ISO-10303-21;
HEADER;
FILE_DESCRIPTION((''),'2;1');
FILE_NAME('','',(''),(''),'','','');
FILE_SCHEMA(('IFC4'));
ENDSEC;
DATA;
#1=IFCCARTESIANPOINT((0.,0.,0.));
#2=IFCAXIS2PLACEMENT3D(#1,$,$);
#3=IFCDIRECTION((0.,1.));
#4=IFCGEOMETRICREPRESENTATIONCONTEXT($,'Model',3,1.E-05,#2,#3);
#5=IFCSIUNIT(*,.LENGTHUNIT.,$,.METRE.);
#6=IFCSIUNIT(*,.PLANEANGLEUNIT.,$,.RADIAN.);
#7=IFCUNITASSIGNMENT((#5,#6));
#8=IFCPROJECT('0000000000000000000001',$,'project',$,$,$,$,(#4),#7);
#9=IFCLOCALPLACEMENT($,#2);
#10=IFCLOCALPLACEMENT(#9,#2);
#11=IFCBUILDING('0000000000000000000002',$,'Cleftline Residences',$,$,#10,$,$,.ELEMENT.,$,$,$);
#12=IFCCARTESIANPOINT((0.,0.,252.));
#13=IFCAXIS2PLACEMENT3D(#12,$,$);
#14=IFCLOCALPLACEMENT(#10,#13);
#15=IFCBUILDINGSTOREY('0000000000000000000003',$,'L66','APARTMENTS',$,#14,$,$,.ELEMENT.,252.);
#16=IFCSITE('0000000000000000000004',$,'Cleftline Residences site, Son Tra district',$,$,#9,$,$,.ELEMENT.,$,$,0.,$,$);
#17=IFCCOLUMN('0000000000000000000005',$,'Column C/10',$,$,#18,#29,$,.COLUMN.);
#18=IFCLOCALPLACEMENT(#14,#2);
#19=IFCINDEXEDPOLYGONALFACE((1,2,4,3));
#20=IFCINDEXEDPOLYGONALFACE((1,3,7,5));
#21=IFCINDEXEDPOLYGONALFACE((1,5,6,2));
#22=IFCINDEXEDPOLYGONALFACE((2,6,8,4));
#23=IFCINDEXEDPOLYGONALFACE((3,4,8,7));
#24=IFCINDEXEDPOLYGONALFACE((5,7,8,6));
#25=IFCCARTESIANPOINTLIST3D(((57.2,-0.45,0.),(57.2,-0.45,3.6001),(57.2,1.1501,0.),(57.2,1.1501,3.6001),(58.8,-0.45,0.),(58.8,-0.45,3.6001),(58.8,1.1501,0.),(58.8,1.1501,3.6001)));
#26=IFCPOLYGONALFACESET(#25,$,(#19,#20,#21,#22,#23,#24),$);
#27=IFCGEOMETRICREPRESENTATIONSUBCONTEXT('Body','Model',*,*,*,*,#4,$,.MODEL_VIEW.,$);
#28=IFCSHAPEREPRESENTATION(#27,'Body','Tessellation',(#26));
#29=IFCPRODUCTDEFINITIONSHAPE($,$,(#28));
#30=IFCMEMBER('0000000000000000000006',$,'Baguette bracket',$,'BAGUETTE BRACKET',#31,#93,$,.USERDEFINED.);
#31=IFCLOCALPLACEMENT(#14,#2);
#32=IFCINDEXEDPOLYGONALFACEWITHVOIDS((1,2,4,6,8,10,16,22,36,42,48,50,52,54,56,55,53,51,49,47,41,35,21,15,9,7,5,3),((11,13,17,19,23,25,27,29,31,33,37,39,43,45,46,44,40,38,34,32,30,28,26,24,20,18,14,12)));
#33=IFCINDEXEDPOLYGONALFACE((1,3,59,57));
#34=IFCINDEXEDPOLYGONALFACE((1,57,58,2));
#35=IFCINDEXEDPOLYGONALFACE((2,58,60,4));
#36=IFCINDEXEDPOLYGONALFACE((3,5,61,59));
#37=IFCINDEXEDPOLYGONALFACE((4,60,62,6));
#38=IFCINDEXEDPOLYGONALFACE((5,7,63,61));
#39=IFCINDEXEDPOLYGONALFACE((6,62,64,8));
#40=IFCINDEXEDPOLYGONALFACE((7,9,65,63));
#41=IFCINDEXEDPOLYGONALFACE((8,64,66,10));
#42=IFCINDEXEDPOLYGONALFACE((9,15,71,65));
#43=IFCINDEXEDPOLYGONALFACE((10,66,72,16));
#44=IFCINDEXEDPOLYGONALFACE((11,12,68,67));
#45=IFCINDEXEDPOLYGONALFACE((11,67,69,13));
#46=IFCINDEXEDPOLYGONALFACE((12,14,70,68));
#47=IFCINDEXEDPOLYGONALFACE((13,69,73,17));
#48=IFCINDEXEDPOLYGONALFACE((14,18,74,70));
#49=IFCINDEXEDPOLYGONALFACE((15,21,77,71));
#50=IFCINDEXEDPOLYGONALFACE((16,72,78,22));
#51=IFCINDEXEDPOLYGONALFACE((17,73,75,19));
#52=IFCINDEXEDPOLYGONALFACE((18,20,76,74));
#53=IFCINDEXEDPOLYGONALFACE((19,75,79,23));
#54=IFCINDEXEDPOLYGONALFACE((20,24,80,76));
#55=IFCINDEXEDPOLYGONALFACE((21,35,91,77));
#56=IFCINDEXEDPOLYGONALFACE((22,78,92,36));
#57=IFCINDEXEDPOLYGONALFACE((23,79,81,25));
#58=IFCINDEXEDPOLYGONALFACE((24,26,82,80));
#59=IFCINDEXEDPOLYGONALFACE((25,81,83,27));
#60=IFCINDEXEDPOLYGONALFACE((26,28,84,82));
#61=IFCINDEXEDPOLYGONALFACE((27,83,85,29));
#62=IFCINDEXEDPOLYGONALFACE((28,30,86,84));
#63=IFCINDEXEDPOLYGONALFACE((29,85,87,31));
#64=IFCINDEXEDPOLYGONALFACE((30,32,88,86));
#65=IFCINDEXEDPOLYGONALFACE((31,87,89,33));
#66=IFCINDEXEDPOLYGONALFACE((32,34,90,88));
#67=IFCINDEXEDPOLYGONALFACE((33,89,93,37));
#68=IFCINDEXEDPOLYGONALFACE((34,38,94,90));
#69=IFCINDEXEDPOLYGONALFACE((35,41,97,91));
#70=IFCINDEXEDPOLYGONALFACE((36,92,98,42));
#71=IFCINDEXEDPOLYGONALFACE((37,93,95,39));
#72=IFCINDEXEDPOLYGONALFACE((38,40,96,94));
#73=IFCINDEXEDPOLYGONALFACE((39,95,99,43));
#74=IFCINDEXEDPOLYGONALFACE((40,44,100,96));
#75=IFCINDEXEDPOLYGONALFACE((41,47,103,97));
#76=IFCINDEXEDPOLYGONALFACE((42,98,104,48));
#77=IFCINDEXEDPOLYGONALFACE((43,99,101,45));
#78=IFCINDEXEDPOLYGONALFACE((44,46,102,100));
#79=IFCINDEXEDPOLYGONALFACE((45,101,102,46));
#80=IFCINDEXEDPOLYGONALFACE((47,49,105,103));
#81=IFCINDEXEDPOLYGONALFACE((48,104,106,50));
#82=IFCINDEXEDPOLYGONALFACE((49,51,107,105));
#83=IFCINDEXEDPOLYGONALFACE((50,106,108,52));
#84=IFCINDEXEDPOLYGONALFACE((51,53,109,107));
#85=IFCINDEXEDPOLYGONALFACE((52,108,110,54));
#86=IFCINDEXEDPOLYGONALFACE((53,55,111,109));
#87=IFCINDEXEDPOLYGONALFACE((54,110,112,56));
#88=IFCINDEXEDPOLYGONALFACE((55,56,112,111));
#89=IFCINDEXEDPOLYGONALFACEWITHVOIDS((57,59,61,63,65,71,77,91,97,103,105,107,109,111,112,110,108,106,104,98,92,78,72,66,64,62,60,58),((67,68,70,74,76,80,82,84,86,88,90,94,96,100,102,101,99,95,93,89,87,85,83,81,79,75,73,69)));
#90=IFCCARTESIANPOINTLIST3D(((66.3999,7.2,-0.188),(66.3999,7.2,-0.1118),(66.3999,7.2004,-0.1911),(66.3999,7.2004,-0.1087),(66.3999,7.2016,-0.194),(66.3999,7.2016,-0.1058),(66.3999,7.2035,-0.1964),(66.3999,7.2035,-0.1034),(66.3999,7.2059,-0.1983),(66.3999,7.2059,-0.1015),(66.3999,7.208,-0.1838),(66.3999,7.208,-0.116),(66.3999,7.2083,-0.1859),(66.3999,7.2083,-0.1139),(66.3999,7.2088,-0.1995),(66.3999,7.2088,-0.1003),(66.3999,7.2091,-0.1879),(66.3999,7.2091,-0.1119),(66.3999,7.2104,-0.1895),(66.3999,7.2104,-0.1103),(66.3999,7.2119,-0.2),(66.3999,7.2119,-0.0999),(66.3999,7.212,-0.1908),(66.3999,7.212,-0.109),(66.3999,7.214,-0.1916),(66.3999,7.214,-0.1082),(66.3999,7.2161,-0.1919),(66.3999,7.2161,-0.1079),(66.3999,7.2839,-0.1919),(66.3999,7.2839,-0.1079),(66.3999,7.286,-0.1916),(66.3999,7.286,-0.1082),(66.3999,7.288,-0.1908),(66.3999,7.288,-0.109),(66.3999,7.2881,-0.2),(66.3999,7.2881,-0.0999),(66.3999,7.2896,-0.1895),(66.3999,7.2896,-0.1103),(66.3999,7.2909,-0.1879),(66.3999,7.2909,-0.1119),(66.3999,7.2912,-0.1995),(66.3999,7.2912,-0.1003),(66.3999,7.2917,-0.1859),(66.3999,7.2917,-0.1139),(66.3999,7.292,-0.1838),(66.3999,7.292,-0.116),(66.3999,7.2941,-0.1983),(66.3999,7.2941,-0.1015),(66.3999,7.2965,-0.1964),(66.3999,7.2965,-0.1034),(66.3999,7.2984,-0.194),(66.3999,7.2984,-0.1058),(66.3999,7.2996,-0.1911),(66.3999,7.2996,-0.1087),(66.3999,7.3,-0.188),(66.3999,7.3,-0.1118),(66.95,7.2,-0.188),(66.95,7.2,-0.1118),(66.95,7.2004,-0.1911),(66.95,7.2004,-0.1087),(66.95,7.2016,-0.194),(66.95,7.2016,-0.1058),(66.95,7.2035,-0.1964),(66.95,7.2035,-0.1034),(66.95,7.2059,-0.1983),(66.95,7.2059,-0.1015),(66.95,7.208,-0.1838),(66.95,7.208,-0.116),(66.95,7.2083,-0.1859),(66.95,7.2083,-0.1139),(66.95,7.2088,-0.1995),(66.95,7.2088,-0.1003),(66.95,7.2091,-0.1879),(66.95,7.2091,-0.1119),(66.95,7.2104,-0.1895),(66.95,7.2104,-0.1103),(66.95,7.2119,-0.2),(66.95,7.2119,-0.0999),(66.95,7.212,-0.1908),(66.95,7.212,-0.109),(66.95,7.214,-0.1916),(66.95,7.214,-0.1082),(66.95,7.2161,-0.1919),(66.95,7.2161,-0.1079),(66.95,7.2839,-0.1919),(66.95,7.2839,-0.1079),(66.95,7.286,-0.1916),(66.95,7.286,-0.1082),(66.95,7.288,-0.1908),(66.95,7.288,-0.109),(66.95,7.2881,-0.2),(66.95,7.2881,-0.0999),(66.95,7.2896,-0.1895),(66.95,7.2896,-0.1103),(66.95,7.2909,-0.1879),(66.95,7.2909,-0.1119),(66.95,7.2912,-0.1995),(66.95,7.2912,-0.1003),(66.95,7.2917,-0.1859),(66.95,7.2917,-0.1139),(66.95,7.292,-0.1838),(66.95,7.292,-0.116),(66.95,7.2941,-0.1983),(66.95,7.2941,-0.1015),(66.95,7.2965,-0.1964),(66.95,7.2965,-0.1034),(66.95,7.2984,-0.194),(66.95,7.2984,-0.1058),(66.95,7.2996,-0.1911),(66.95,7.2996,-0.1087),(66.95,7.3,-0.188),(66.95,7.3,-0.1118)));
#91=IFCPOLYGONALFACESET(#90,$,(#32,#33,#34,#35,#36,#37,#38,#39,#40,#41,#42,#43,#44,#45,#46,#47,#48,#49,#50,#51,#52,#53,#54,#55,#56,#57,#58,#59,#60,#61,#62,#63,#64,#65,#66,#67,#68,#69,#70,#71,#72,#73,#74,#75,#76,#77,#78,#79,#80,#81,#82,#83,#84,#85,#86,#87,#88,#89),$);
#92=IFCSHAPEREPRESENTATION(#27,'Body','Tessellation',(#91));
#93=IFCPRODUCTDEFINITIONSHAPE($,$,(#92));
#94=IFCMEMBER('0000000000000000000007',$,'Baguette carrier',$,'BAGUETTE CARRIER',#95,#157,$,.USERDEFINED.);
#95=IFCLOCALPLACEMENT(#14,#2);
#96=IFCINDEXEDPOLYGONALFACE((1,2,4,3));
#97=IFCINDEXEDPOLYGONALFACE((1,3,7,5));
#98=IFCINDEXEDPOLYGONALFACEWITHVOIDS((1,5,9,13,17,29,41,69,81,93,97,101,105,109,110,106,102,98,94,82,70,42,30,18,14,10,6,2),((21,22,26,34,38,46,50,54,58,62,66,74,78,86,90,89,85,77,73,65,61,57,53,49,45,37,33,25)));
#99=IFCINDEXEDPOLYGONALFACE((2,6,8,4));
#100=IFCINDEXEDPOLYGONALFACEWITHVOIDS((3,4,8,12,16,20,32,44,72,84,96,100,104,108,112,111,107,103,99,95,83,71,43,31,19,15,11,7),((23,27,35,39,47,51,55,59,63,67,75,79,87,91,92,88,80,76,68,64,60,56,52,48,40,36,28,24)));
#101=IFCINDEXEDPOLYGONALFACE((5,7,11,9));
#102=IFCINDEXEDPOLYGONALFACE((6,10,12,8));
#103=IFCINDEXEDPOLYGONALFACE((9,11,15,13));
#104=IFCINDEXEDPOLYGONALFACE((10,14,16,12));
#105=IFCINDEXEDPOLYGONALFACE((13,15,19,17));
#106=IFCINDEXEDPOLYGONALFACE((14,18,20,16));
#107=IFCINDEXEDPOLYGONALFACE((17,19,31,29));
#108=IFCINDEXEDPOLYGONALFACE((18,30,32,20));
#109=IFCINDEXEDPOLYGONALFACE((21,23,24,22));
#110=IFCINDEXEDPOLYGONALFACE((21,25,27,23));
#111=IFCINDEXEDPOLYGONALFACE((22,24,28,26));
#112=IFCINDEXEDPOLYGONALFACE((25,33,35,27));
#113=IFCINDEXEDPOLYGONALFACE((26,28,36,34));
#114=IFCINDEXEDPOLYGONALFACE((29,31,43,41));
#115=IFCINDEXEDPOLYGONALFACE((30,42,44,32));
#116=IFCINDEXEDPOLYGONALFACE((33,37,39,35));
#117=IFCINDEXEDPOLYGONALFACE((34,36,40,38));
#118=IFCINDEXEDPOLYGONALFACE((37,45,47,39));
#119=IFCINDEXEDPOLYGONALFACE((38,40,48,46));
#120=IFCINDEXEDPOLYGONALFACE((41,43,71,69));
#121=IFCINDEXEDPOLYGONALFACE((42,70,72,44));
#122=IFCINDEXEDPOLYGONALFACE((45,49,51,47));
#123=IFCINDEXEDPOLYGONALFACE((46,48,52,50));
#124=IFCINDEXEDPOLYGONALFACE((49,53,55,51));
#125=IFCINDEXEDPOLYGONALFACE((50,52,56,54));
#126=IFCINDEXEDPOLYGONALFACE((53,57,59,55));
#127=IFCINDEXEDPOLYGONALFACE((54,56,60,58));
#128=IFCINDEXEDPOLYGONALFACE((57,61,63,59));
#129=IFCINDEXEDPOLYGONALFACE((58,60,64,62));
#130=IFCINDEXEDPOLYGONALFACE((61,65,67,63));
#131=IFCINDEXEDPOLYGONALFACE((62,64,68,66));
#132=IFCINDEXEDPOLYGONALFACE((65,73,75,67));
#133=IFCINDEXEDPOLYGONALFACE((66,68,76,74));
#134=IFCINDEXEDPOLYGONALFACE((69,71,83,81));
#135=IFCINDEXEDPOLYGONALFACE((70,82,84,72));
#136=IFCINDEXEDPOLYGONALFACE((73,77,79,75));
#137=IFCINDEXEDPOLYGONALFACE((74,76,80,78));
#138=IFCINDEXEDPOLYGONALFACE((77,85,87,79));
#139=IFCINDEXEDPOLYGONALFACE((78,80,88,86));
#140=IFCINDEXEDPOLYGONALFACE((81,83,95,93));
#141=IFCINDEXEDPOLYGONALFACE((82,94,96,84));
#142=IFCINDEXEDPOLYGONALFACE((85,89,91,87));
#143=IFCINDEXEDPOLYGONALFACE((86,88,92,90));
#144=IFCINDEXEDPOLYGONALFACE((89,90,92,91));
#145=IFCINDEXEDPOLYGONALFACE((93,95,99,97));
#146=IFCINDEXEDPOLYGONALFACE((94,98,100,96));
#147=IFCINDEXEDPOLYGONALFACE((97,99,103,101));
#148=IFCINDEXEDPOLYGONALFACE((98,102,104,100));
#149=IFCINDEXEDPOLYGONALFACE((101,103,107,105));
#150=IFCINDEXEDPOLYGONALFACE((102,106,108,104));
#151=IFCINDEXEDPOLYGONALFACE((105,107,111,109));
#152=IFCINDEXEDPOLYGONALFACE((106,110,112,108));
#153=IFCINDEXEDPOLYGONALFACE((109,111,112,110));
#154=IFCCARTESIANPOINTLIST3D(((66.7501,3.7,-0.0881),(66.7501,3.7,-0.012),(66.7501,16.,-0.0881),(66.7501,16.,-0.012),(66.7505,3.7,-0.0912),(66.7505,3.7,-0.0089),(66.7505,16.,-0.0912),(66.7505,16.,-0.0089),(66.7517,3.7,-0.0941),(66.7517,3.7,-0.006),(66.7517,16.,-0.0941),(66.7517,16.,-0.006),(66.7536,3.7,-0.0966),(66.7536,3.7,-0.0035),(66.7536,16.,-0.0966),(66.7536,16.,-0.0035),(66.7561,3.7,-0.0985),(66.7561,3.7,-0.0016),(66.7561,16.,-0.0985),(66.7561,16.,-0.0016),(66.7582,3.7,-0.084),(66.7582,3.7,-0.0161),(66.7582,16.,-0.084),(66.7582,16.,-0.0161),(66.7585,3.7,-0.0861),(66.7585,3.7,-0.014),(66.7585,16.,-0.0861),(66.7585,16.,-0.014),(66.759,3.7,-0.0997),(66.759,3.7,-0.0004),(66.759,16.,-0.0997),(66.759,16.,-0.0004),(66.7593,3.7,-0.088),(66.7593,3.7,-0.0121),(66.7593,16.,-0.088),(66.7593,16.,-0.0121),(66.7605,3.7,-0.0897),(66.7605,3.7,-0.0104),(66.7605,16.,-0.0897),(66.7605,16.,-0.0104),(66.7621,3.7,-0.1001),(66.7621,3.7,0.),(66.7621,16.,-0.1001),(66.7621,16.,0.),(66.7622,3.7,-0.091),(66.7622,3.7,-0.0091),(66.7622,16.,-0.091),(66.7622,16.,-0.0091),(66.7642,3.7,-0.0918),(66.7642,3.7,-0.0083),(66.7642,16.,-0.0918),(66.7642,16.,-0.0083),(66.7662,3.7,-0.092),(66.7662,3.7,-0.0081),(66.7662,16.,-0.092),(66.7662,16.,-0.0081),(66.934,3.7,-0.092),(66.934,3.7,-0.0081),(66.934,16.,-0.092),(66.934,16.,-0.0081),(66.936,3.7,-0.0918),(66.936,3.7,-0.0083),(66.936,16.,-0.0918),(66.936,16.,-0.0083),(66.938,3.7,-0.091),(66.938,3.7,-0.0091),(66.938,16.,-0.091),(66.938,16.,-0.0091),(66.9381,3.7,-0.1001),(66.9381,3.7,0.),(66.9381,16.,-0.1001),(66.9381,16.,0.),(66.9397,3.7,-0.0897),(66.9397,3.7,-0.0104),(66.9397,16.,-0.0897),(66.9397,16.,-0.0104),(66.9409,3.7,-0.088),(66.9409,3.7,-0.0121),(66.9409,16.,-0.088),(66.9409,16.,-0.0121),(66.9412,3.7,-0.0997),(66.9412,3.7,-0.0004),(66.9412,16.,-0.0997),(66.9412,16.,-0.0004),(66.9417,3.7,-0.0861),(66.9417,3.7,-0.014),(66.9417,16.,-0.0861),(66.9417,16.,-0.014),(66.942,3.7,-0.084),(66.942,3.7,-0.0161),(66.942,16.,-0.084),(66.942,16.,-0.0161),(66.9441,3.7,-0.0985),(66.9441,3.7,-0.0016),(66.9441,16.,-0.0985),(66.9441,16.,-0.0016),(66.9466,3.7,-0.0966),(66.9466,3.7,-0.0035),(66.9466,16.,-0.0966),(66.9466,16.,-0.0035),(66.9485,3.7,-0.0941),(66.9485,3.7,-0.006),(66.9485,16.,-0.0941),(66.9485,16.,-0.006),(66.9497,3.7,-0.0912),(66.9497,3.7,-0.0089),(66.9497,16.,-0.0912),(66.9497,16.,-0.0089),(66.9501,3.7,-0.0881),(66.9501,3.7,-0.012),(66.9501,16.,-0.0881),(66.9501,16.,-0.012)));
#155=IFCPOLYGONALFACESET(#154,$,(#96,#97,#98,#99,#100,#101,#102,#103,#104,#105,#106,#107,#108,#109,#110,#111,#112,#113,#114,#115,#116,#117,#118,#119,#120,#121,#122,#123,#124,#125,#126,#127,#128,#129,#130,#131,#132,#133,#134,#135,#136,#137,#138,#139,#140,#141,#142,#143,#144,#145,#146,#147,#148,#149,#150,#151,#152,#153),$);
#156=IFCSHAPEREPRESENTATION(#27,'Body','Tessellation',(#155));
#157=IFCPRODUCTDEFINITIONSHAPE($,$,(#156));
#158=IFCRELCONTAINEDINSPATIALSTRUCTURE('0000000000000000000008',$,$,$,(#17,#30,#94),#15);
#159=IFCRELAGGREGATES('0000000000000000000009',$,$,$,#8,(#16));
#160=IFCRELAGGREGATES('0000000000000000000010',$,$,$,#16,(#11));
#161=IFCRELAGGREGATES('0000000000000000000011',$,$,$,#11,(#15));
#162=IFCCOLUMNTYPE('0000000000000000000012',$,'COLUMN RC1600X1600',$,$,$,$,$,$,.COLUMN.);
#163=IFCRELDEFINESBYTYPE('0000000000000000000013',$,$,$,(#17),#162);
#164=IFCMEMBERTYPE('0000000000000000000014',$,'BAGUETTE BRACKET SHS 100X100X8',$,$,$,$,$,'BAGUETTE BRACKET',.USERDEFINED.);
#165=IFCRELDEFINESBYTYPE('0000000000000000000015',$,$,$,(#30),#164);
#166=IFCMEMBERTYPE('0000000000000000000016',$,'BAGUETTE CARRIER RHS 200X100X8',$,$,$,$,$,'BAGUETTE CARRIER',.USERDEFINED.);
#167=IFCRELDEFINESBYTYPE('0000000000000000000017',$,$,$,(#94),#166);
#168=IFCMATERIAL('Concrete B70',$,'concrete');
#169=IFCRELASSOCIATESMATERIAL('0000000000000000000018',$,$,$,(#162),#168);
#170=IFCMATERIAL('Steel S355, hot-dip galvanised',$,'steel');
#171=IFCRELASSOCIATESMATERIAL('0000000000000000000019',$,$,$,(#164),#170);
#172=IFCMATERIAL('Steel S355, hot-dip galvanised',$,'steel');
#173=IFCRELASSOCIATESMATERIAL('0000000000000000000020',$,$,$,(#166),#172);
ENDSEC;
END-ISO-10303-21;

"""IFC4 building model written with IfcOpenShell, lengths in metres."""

from ifc_helpers import new_model, si_unit, direction, frame, origin, origin_2d, place, context, subcontext, project, spatial, rectangle, hollow_rectangle, extrude, material, material_profile, profile_set, type_object, element, save


model = new_model("IFC4")

# Units and contexts
model_context = context("Model", 3, precision=1e-05, world=origin(), true_north=direction((0.0, 1.0)))
body_context = subcontext(model_context, "Body", "Model", "MODEL_VIEW")
ifc_project = project(units=[si_unit("LENGTHUNIT", "METRE"), si_unit("PLANEANGLEUNIT", "RADIAN")], contexts=[model_context])

# Site, building, storey
site_placement = place(None, origin())
site = spatial("IfcSite", under=ifc_project, at=site_placement, Name="Cleftline Residences site, Son Tra district", CompositionType="ELEMENT", RefElevation=0.0)
building_placement = place(site_placement, origin())
building = spatial("IfcBuilding", under=site, at=building_placement, Name="Cleftline Residences", CompositionType="ELEMENT")
storey_placement = place(building_placement, frame((0.0, 0.0, 252.0)))
storey = spatial("IfcBuildingStorey", under=building, at=storey_placement, Name="L66", Description="APARTMENTS", CompositionType="ELEMENT", Elevation=252.0)

# Column
ifc_material_1 = material(Name="Concrete B70", Category="concrete")
ifc_material_profile_1 = material_profile(ifc_material_1, rectangle(XDim=1.6001, YDim=1.6001, at=origin_2d()))
ifc_profile_set_1 = profile_set([ifc_material_profile_1], Name="Concrete B70")
column_type = type_object("IfcColumnType", Name="COLUMN RC1600X1600", PredefinedType="COLUMN", material=ifc_profile_set_1)
column_placement = place(storey_placement, frame((58.0, 0.3501, 0.0), z_axis=(0.0, 0.0, 1.0), x_axis=(1.0, 0.0, 0.0)))
element("IfcColumn", 1, at=column_placement, inside=storey, type_object=column_type, Name="Column C/10", PredefinedType="COLUMN", context=body_context, shape_type="SweptSolid", body=[
    extrude(rectangle(XDim=1.6001, YDim=1.6001, at=origin_2d()), origin(), (0.0, 0.0, 1.0), 3.6001),
])

# Members
ifc_material_2 = material(Name="Steel S355, hot-dip galvanised", Category="steel")
ifc_material_profile_2 = material_profile(ifc_material_2, hollow_rectangle(XDim=0.1001, YDim=0.1001, WallThickness=0.0081, InnerFilletRadius=0.0081, OuterFilletRadius=0.012, at=origin_2d()))
ifc_profile_set_2 = profile_set([ifc_material_profile_2], Name="Steel S355, hot-dip galvanised")
member_type_1 = type_object("IfcMemberType", Name="BAGUETTE BRACKET SHS 100X100X8", ElementType="BAGUETTE BRACKET", PredefinedType="USERDEFINED", material=ifc_profile_set_2)
member_1_placement = place(storey_placement, frame((66.3999, 7.25, -0.1499), z_axis=(1.0, 0.0, 0.0), x_axis=(0.0, 1.0, 0.0)))
element("IfcMember", 2, at=member_1_placement, inside=storey, type_object=member_type_1, Name="Baguette bracket", ObjectType="BAGUETTE BRACKET", PredefinedType="USERDEFINED", context=body_context, shape_type="SweptSolid", body=[
    extrude(hollow_rectangle(XDim=0.1001, YDim=0.1001, WallThickness=0.0081, InnerFilletRadius=0.0081, OuterFilletRadius=0.012, at=origin_2d()), origin(), (0.0, 0.0, 1.0), 0.55),
])
ifc_material_3 = material(Name="Steel S355, hot-dip galvanised", Category="steel")
ifc_material_profile_3 = material_profile(ifc_material_3, hollow_rectangle(XDim=0.1001, YDim=0.2, WallThickness=0.0081, InnerFilletRadius=0.0081, OuterFilletRadius=0.012, at=origin_2d()))
ifc_profile_set_3 = profile_set([ifc_material_profile_3], Name="Steel S355, hot-dip galvanised")
member_type_2 = type_object("IfcMemberType", Name="BAGUETTE CARRIER RHS 200X100X8", ElementType="BAGUETTE CARRIER", PredefinedType="USERDEFINED", material=ifc_profile_set_3)
member_2_placement = place(storey_placement, frame((66.8501, 3.7, -0.05), z_axis=(0.0, 1.0, 0.0), x_axis=(0.0, 0.0, 1.0)))
element("IfcMember", 3, at=member_2_placement, inside=storey, type_object=member_type_2, Name="Baguette carrier", ObjectType="BAGUETTE CARRIER", PredefinedType="USERDEFINED", context=body_context, shape_type="SweptSolid", body=[
    extrude(hollow_rectangle(XDim=0.1001, YDim=0.2, WallThickness=0.0081, InnerFilletRadius=0.0081, OuterFilletRadius=0.012, at=origin_2d()), origin(), (0.0, 0.0, 1.0), 12.3),
])

save(model, "model.ifc")
